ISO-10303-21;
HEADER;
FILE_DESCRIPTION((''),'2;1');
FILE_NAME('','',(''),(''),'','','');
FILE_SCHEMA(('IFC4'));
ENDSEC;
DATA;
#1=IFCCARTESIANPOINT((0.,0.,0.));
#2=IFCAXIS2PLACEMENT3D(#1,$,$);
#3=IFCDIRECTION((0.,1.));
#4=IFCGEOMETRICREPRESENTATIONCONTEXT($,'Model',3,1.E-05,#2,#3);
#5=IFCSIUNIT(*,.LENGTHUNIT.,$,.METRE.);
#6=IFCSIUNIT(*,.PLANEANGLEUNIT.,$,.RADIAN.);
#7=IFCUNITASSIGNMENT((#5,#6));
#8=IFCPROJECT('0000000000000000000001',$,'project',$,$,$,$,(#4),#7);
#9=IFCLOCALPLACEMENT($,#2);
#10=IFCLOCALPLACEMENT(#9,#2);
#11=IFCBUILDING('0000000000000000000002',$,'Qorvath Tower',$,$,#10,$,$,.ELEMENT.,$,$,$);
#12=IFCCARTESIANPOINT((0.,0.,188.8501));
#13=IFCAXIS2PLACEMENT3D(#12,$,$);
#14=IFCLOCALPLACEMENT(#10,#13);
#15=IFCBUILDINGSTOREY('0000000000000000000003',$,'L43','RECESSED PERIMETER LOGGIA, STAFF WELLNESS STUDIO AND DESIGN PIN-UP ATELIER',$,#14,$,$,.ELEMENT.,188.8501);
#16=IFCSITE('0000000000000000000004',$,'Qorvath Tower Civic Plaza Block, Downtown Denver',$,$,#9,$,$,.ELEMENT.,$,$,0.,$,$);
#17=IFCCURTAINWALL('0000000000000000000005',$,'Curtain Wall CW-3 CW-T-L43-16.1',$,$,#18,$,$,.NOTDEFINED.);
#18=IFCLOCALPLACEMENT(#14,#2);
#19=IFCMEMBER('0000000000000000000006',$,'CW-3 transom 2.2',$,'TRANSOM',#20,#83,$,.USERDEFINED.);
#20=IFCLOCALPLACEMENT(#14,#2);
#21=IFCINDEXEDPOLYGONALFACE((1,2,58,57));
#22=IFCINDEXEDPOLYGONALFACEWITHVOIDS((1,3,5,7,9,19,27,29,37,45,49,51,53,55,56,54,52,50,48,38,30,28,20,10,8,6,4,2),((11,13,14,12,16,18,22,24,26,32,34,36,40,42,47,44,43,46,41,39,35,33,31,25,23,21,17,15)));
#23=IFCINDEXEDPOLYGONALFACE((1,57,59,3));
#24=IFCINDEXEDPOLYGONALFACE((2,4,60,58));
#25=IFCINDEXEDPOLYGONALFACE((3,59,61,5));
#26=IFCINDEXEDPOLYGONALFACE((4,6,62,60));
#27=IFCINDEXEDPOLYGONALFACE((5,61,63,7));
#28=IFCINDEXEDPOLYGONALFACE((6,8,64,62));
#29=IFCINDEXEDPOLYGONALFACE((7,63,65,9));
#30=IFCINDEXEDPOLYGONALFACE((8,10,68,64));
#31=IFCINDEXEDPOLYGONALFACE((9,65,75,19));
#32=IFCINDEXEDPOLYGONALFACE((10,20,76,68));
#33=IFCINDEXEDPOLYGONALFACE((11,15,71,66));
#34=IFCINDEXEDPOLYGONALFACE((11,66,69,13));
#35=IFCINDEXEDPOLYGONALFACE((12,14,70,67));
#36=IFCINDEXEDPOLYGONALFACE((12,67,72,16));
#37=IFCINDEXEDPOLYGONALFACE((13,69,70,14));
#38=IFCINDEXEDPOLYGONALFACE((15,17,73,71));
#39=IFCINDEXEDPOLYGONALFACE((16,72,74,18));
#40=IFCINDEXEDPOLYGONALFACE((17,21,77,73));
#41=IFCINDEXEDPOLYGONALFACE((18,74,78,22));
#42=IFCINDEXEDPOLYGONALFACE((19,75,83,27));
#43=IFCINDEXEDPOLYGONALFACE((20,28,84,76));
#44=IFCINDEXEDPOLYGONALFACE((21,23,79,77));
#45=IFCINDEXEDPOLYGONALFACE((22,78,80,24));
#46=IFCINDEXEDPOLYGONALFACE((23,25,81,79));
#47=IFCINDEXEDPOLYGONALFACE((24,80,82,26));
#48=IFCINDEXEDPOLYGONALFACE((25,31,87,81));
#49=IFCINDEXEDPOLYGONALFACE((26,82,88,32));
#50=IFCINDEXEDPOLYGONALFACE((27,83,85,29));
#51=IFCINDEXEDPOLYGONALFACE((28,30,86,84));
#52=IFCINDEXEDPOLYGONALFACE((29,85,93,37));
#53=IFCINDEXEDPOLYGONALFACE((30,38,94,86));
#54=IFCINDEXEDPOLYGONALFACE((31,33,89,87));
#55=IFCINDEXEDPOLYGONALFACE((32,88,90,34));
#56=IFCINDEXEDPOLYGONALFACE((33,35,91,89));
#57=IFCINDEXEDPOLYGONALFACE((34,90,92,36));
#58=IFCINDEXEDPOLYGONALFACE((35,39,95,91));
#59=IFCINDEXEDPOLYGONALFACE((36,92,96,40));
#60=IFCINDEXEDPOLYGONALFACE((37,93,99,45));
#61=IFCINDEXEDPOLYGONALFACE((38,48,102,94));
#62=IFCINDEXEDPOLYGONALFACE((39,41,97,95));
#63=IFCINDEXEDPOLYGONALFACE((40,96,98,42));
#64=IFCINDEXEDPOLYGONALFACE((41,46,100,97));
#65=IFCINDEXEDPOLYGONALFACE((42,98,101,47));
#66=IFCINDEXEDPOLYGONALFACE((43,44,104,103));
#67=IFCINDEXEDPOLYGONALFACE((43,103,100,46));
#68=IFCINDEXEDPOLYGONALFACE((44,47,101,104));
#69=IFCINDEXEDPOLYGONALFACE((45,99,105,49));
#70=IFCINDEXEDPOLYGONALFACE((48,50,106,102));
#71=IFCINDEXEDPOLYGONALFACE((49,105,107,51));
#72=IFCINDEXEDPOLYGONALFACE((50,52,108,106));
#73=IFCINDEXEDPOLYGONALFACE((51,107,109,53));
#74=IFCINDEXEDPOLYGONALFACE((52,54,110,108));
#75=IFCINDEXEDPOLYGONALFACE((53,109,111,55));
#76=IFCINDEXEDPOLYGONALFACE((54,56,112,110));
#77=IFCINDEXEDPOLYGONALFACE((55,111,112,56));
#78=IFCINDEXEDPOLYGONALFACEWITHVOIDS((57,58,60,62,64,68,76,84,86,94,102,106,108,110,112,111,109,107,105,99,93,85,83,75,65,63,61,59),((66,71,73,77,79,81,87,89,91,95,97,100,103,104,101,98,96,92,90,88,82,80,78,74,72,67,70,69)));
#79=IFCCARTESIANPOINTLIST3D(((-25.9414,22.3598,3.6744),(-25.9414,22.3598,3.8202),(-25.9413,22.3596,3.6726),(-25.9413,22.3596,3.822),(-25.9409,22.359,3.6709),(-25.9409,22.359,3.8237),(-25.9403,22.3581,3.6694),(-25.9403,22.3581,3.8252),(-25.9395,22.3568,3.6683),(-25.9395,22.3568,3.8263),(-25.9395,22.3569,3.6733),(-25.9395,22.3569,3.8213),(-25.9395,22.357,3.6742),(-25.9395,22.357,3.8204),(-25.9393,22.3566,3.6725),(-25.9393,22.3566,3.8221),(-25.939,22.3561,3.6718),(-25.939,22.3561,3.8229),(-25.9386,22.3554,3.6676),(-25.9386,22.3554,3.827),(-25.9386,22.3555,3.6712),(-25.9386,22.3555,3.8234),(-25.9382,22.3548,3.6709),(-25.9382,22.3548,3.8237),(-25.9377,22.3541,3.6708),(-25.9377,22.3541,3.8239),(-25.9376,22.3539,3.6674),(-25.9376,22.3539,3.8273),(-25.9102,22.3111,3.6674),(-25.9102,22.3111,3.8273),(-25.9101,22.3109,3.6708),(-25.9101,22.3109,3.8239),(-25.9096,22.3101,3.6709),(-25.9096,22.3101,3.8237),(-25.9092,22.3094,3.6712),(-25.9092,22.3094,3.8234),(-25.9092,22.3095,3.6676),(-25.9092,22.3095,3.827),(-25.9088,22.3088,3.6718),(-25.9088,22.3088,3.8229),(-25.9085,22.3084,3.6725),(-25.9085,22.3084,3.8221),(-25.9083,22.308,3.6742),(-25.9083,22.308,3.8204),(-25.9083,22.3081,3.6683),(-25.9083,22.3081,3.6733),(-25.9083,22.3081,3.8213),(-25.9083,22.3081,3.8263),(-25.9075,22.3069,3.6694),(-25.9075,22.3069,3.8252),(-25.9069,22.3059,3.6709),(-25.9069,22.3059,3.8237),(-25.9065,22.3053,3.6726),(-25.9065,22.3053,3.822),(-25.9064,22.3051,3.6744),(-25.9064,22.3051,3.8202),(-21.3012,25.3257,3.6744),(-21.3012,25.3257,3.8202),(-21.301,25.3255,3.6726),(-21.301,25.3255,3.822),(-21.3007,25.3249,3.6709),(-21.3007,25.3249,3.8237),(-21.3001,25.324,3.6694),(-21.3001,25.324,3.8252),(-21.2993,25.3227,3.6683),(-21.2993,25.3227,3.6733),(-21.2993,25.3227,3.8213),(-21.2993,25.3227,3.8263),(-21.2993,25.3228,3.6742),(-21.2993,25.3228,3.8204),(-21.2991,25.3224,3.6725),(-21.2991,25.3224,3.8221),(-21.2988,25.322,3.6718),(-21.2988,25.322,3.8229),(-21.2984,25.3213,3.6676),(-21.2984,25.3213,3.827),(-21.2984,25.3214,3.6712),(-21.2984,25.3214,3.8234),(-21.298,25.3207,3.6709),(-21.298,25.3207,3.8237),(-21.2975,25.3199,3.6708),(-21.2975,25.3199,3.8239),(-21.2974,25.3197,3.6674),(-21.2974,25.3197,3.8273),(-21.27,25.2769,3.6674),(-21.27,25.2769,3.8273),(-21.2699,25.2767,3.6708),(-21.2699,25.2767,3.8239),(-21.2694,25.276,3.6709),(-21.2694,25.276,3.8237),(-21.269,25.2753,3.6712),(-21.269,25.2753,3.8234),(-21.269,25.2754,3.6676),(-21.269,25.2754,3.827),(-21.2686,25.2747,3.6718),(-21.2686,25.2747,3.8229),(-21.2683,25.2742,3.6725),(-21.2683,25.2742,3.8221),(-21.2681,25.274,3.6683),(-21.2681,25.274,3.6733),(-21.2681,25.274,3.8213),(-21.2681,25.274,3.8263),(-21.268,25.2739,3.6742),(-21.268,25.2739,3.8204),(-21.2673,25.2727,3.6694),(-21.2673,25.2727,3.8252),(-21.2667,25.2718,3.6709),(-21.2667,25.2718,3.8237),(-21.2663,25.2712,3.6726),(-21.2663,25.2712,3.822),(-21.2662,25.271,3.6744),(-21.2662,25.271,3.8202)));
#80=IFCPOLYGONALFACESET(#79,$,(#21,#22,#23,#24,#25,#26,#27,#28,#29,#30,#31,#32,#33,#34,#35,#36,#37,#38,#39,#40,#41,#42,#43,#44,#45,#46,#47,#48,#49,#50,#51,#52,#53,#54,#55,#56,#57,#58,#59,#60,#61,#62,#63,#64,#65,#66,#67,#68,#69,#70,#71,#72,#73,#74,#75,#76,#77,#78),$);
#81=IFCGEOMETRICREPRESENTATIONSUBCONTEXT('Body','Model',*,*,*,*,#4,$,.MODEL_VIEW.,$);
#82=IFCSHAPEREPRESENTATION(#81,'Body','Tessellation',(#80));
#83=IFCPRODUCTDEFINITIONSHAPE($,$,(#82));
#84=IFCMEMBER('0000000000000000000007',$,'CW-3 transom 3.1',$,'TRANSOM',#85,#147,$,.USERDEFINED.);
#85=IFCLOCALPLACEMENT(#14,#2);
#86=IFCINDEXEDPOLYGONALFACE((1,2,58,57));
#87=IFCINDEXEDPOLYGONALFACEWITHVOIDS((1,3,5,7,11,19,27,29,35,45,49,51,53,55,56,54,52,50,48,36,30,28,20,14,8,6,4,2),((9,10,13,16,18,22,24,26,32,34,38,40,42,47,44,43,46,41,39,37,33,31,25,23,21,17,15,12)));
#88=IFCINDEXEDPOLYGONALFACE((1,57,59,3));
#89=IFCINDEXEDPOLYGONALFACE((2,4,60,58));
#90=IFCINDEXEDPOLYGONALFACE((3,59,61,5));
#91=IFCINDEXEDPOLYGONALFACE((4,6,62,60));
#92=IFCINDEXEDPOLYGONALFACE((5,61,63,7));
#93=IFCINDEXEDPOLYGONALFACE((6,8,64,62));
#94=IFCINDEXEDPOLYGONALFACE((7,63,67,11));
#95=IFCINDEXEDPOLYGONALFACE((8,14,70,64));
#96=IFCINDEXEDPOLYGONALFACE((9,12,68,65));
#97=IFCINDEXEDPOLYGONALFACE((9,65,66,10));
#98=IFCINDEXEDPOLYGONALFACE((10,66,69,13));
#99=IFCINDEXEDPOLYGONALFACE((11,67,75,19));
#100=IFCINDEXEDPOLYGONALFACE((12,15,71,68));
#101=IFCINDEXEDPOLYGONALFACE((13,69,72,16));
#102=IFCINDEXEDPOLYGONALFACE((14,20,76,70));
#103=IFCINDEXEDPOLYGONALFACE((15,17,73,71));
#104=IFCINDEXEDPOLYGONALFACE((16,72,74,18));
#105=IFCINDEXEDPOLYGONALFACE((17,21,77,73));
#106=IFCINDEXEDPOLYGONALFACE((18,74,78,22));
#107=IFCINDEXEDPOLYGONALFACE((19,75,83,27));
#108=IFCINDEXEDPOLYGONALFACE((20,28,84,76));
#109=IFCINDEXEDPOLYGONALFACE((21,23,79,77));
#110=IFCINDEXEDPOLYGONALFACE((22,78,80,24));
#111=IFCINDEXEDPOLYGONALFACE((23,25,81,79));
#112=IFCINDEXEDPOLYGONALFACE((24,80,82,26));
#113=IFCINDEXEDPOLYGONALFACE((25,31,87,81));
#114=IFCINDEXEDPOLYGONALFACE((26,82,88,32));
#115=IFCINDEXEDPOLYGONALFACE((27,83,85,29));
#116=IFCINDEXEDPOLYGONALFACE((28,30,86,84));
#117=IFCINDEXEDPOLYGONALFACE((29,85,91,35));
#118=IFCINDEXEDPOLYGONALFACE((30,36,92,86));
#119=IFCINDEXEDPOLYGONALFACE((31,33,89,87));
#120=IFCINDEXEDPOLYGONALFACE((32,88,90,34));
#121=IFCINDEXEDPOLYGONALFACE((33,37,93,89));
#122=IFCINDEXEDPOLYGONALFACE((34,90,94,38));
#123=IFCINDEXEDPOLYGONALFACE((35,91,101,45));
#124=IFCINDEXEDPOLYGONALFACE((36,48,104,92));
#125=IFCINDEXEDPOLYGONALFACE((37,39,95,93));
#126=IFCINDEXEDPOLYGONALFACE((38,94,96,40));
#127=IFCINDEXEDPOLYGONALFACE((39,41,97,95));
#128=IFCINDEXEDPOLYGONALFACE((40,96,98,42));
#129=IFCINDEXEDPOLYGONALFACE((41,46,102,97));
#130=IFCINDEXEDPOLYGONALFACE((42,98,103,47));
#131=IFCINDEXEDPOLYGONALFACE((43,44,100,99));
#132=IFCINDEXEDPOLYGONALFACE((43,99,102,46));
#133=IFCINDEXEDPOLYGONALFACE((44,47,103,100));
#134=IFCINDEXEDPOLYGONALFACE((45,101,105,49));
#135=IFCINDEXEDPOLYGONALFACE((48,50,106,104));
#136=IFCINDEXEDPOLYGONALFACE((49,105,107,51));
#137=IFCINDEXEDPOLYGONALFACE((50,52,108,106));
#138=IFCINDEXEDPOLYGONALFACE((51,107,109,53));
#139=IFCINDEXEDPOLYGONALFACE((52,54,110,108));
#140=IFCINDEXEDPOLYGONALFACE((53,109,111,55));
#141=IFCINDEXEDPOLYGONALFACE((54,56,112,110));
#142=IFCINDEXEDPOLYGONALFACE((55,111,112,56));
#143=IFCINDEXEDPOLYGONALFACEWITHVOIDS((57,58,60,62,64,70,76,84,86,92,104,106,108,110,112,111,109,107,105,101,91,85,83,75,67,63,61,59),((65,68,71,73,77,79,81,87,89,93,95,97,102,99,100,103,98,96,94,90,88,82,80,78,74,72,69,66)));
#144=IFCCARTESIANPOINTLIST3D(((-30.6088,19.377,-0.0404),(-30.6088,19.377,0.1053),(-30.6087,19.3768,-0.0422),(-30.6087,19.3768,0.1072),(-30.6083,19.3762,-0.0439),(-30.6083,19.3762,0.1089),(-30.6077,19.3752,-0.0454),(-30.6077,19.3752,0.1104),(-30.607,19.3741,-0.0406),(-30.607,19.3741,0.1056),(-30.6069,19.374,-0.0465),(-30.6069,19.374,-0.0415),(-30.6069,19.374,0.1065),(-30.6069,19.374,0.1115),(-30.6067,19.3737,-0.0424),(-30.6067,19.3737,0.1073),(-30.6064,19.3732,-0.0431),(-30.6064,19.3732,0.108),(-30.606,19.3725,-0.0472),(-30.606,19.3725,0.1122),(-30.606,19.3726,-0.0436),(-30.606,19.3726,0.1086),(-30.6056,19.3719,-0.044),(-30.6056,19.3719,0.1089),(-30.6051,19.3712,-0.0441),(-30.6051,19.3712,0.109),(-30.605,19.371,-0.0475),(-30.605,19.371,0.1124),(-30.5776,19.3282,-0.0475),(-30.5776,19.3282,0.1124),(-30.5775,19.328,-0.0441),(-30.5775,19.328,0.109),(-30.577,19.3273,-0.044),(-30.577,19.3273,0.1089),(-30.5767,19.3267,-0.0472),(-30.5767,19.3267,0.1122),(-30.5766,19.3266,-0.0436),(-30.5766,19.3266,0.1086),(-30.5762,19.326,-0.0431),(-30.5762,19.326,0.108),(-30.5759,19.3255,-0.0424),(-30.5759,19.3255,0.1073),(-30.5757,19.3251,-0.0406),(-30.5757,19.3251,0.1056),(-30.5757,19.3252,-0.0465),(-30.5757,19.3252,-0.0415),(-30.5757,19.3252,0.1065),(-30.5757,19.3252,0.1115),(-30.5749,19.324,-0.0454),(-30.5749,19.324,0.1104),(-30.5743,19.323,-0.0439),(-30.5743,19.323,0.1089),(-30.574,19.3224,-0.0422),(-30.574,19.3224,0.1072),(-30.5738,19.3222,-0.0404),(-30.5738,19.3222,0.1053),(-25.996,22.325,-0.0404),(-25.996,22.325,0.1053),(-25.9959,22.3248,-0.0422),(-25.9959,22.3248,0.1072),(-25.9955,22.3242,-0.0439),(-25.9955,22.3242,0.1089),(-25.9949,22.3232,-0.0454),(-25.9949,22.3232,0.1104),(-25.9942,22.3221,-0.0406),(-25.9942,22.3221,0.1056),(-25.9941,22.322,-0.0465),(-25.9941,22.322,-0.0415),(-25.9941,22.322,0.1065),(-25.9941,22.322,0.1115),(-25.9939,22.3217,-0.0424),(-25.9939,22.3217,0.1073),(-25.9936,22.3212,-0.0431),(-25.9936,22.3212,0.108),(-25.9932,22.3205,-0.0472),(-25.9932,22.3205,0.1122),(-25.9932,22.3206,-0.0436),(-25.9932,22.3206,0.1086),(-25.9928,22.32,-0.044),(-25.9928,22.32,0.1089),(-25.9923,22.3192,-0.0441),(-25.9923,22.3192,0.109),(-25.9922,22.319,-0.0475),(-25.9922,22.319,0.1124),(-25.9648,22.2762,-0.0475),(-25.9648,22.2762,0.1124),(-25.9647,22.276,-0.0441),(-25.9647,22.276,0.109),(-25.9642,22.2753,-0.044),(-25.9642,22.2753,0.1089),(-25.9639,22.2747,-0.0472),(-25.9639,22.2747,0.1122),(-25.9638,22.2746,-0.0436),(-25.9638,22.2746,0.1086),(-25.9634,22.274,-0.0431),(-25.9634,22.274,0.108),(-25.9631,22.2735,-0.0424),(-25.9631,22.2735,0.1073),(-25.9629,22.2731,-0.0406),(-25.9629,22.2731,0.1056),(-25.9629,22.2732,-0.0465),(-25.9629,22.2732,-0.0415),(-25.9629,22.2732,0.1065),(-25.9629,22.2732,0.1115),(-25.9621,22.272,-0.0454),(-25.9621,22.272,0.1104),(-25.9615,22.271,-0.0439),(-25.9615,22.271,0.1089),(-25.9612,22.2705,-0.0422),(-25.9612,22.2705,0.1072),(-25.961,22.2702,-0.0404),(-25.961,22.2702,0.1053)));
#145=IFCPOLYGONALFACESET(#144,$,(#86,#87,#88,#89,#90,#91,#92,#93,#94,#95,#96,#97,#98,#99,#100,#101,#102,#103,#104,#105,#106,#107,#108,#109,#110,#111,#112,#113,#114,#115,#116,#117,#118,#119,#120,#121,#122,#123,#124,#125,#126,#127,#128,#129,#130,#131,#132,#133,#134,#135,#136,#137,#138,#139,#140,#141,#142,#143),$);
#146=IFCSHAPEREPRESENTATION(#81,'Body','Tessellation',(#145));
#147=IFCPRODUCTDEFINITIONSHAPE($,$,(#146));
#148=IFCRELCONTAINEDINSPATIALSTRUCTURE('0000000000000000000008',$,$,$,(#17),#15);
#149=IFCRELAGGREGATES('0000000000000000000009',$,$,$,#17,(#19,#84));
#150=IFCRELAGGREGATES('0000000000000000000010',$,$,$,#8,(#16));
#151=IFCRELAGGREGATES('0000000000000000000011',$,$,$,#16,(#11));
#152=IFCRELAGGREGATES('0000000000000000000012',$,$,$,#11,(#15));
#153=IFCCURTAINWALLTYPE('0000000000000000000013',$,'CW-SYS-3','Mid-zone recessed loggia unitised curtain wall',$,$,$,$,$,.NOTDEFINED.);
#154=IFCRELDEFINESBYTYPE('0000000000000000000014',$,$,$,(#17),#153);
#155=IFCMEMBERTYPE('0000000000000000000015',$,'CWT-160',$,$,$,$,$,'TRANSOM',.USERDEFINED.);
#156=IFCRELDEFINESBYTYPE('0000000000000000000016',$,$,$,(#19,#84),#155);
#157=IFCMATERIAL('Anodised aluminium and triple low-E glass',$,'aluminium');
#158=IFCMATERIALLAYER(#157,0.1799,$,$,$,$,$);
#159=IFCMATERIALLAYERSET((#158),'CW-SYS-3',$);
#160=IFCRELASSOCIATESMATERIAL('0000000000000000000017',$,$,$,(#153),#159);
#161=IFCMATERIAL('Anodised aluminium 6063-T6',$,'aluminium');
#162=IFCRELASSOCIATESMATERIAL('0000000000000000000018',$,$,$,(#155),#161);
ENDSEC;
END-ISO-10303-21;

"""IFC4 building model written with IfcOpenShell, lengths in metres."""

from ifc_helpers import new_model, si_unit, direction, frame, origin, origin_2d, place, context, subcontext, project, spatial, hollow_rectangle, extrude, material, layer, layer_set, material_profile, profile_set, type_object, element, aggregate, save


model = new_model("IFC4")

# Units and contexts
model_context = context("Model", 3, precision=1e-05, world=origin(), true_north=direction((0.0, 1.0)))
body_context = subcontext(model_context, "Body", "Model", "MODEL_VIEW")
ifc_project = project(units=[si_unit("LENGTHUNIT", "METRE"), si_unit("PLANEANGLEUNIT", "RADIAN")], contexts=[model_context])

# Site, building, storey
site_placement = place(None, origin())
site = spatial("IfcSite", under=ifc_project, at=site_placement, Name="Qorvath Tower Civic Plaza Block, Downtown Denver", CompositionType="ELEMENT", RefElevation=0.0)
building_placement = place(site_placement, origin())
building = spatial("IfcBuilding", under=site, at=building_placement, Name="Qorvath Tower", CompositionType="ELEMENT")
storey_placement = place(building_placement, frame((0.0, 0.0, 188.8501)))
storey = spatial("IfcBuildingStorey", under=building, at=storey_placement, Name="L43", Description="RECESSED PERIMETER LOGGIA, STAFF WELLNESS STUDIO AND DESIGN PIN-UP ATELIER", CompositionType="ELEMENT", Elevation=188.8501)

# Curtain wall, members
ifc_material_1 = material(Name="Anodised aluminium and triple low-E glass", Category="aluminium")
ifc_layer_1 = layer(ifc_material_1, 0.1799)
ifc_layer_set_1 = layer_set([ifc_layer_1], Name="CW-SYS-3")
curtain_wall_type = type_object("IfcCurtainWallType", Name="CW-SYS-3", Description="Mid-zone recessed loggia unitised curtain wall", PredefinedType="NOTDEFINED", material=ifc_layer_set_1)
curtain_wall_placement = place(storey_placement, origin())
curtain_wall = element("IfcCurtainWall", 1, at=curtain_wall_placement, inside=storey, type_object=curtain_wall_type, Name="Curtain Wall CW-3 CW-T-L43-16.1", PredefinedType="NOTDEFINED")
ifc_material_2 = material(Name="Anodised aluminium 6063-T6", Category="aluminium")
ifc_material_profile_1 = material_profile(ifc_material_2, hollow_rectangle(XDim=0.0649, YDim=0.1599, WallThickness=0.0034, InnerFilletRadius=0.0034, OuterFilletRadius=0.0071, at=origin_2d()), Name="CWT 160x65")
ifc_profile_set_1 = profile_set([ifc_material_profile_1], Name="Anodised aluminium 6063-T6")
member_type_1 = type_object("IfcMemberType", Name="CWT-160", ElementType="TRANSOM", PredefinedType="USERDEFINED", material=ifc_profile_set_1)
member_1_placement = place(storey_placement, frame((-21.2837, 25.2983, 3.7473), z_axis=(-0.84259, -0.538555, 0.0), x_axis=(0.538555, -0.84259, 0.0)))
member_1 = element("IfcMember", 2, at=member_1_placement, type_object=member_type_1, Name="CW-3 transom 2.2", ObjectType="TRANSOM", PredefinedType="USERDEFINED", context=body_context, shape_type="SweptSolid", body=[
    extrude(hollow_rectangle(XDim=0.0649, YDim=0.1599, WallThickness=0.0034, InnerFilletRadius=0.0034, OuterFilletRadius=0.0071, at=origin_2d()), origin(), (0.0, 0.0, 1.0), 5.5071),
])
member_2_placement = place(storey_placement, frame((-25.9785, 22.2976, 0.0325), z_axis=(-0.842619, -0.538511, 0.0), x_axis=(0.538511, -0.842619, 0.0)))
member_2 = element("IfcMember", 3, at=member_2_placement, type_object=member_type_1, Name="CW-3 transom 3.1", ObjectType="TRANSOM", PredefinedType="USERDEFINED", context=body_context, shape_type="SweptSolid", body=[
    extrude(hollow_rectangle(XDim=0.0649, YDim=0.1599, WallThickness=0.0034, InnerFilletRadius=0.0034, OuterFilletRadius=0.0071, at=origin_2d()), origin(), (0.0, 0.0, 1.0), 5.4744),
])
aggregate(curtain_wall, [member_1, member_2])

save(model, "model.ifc")
